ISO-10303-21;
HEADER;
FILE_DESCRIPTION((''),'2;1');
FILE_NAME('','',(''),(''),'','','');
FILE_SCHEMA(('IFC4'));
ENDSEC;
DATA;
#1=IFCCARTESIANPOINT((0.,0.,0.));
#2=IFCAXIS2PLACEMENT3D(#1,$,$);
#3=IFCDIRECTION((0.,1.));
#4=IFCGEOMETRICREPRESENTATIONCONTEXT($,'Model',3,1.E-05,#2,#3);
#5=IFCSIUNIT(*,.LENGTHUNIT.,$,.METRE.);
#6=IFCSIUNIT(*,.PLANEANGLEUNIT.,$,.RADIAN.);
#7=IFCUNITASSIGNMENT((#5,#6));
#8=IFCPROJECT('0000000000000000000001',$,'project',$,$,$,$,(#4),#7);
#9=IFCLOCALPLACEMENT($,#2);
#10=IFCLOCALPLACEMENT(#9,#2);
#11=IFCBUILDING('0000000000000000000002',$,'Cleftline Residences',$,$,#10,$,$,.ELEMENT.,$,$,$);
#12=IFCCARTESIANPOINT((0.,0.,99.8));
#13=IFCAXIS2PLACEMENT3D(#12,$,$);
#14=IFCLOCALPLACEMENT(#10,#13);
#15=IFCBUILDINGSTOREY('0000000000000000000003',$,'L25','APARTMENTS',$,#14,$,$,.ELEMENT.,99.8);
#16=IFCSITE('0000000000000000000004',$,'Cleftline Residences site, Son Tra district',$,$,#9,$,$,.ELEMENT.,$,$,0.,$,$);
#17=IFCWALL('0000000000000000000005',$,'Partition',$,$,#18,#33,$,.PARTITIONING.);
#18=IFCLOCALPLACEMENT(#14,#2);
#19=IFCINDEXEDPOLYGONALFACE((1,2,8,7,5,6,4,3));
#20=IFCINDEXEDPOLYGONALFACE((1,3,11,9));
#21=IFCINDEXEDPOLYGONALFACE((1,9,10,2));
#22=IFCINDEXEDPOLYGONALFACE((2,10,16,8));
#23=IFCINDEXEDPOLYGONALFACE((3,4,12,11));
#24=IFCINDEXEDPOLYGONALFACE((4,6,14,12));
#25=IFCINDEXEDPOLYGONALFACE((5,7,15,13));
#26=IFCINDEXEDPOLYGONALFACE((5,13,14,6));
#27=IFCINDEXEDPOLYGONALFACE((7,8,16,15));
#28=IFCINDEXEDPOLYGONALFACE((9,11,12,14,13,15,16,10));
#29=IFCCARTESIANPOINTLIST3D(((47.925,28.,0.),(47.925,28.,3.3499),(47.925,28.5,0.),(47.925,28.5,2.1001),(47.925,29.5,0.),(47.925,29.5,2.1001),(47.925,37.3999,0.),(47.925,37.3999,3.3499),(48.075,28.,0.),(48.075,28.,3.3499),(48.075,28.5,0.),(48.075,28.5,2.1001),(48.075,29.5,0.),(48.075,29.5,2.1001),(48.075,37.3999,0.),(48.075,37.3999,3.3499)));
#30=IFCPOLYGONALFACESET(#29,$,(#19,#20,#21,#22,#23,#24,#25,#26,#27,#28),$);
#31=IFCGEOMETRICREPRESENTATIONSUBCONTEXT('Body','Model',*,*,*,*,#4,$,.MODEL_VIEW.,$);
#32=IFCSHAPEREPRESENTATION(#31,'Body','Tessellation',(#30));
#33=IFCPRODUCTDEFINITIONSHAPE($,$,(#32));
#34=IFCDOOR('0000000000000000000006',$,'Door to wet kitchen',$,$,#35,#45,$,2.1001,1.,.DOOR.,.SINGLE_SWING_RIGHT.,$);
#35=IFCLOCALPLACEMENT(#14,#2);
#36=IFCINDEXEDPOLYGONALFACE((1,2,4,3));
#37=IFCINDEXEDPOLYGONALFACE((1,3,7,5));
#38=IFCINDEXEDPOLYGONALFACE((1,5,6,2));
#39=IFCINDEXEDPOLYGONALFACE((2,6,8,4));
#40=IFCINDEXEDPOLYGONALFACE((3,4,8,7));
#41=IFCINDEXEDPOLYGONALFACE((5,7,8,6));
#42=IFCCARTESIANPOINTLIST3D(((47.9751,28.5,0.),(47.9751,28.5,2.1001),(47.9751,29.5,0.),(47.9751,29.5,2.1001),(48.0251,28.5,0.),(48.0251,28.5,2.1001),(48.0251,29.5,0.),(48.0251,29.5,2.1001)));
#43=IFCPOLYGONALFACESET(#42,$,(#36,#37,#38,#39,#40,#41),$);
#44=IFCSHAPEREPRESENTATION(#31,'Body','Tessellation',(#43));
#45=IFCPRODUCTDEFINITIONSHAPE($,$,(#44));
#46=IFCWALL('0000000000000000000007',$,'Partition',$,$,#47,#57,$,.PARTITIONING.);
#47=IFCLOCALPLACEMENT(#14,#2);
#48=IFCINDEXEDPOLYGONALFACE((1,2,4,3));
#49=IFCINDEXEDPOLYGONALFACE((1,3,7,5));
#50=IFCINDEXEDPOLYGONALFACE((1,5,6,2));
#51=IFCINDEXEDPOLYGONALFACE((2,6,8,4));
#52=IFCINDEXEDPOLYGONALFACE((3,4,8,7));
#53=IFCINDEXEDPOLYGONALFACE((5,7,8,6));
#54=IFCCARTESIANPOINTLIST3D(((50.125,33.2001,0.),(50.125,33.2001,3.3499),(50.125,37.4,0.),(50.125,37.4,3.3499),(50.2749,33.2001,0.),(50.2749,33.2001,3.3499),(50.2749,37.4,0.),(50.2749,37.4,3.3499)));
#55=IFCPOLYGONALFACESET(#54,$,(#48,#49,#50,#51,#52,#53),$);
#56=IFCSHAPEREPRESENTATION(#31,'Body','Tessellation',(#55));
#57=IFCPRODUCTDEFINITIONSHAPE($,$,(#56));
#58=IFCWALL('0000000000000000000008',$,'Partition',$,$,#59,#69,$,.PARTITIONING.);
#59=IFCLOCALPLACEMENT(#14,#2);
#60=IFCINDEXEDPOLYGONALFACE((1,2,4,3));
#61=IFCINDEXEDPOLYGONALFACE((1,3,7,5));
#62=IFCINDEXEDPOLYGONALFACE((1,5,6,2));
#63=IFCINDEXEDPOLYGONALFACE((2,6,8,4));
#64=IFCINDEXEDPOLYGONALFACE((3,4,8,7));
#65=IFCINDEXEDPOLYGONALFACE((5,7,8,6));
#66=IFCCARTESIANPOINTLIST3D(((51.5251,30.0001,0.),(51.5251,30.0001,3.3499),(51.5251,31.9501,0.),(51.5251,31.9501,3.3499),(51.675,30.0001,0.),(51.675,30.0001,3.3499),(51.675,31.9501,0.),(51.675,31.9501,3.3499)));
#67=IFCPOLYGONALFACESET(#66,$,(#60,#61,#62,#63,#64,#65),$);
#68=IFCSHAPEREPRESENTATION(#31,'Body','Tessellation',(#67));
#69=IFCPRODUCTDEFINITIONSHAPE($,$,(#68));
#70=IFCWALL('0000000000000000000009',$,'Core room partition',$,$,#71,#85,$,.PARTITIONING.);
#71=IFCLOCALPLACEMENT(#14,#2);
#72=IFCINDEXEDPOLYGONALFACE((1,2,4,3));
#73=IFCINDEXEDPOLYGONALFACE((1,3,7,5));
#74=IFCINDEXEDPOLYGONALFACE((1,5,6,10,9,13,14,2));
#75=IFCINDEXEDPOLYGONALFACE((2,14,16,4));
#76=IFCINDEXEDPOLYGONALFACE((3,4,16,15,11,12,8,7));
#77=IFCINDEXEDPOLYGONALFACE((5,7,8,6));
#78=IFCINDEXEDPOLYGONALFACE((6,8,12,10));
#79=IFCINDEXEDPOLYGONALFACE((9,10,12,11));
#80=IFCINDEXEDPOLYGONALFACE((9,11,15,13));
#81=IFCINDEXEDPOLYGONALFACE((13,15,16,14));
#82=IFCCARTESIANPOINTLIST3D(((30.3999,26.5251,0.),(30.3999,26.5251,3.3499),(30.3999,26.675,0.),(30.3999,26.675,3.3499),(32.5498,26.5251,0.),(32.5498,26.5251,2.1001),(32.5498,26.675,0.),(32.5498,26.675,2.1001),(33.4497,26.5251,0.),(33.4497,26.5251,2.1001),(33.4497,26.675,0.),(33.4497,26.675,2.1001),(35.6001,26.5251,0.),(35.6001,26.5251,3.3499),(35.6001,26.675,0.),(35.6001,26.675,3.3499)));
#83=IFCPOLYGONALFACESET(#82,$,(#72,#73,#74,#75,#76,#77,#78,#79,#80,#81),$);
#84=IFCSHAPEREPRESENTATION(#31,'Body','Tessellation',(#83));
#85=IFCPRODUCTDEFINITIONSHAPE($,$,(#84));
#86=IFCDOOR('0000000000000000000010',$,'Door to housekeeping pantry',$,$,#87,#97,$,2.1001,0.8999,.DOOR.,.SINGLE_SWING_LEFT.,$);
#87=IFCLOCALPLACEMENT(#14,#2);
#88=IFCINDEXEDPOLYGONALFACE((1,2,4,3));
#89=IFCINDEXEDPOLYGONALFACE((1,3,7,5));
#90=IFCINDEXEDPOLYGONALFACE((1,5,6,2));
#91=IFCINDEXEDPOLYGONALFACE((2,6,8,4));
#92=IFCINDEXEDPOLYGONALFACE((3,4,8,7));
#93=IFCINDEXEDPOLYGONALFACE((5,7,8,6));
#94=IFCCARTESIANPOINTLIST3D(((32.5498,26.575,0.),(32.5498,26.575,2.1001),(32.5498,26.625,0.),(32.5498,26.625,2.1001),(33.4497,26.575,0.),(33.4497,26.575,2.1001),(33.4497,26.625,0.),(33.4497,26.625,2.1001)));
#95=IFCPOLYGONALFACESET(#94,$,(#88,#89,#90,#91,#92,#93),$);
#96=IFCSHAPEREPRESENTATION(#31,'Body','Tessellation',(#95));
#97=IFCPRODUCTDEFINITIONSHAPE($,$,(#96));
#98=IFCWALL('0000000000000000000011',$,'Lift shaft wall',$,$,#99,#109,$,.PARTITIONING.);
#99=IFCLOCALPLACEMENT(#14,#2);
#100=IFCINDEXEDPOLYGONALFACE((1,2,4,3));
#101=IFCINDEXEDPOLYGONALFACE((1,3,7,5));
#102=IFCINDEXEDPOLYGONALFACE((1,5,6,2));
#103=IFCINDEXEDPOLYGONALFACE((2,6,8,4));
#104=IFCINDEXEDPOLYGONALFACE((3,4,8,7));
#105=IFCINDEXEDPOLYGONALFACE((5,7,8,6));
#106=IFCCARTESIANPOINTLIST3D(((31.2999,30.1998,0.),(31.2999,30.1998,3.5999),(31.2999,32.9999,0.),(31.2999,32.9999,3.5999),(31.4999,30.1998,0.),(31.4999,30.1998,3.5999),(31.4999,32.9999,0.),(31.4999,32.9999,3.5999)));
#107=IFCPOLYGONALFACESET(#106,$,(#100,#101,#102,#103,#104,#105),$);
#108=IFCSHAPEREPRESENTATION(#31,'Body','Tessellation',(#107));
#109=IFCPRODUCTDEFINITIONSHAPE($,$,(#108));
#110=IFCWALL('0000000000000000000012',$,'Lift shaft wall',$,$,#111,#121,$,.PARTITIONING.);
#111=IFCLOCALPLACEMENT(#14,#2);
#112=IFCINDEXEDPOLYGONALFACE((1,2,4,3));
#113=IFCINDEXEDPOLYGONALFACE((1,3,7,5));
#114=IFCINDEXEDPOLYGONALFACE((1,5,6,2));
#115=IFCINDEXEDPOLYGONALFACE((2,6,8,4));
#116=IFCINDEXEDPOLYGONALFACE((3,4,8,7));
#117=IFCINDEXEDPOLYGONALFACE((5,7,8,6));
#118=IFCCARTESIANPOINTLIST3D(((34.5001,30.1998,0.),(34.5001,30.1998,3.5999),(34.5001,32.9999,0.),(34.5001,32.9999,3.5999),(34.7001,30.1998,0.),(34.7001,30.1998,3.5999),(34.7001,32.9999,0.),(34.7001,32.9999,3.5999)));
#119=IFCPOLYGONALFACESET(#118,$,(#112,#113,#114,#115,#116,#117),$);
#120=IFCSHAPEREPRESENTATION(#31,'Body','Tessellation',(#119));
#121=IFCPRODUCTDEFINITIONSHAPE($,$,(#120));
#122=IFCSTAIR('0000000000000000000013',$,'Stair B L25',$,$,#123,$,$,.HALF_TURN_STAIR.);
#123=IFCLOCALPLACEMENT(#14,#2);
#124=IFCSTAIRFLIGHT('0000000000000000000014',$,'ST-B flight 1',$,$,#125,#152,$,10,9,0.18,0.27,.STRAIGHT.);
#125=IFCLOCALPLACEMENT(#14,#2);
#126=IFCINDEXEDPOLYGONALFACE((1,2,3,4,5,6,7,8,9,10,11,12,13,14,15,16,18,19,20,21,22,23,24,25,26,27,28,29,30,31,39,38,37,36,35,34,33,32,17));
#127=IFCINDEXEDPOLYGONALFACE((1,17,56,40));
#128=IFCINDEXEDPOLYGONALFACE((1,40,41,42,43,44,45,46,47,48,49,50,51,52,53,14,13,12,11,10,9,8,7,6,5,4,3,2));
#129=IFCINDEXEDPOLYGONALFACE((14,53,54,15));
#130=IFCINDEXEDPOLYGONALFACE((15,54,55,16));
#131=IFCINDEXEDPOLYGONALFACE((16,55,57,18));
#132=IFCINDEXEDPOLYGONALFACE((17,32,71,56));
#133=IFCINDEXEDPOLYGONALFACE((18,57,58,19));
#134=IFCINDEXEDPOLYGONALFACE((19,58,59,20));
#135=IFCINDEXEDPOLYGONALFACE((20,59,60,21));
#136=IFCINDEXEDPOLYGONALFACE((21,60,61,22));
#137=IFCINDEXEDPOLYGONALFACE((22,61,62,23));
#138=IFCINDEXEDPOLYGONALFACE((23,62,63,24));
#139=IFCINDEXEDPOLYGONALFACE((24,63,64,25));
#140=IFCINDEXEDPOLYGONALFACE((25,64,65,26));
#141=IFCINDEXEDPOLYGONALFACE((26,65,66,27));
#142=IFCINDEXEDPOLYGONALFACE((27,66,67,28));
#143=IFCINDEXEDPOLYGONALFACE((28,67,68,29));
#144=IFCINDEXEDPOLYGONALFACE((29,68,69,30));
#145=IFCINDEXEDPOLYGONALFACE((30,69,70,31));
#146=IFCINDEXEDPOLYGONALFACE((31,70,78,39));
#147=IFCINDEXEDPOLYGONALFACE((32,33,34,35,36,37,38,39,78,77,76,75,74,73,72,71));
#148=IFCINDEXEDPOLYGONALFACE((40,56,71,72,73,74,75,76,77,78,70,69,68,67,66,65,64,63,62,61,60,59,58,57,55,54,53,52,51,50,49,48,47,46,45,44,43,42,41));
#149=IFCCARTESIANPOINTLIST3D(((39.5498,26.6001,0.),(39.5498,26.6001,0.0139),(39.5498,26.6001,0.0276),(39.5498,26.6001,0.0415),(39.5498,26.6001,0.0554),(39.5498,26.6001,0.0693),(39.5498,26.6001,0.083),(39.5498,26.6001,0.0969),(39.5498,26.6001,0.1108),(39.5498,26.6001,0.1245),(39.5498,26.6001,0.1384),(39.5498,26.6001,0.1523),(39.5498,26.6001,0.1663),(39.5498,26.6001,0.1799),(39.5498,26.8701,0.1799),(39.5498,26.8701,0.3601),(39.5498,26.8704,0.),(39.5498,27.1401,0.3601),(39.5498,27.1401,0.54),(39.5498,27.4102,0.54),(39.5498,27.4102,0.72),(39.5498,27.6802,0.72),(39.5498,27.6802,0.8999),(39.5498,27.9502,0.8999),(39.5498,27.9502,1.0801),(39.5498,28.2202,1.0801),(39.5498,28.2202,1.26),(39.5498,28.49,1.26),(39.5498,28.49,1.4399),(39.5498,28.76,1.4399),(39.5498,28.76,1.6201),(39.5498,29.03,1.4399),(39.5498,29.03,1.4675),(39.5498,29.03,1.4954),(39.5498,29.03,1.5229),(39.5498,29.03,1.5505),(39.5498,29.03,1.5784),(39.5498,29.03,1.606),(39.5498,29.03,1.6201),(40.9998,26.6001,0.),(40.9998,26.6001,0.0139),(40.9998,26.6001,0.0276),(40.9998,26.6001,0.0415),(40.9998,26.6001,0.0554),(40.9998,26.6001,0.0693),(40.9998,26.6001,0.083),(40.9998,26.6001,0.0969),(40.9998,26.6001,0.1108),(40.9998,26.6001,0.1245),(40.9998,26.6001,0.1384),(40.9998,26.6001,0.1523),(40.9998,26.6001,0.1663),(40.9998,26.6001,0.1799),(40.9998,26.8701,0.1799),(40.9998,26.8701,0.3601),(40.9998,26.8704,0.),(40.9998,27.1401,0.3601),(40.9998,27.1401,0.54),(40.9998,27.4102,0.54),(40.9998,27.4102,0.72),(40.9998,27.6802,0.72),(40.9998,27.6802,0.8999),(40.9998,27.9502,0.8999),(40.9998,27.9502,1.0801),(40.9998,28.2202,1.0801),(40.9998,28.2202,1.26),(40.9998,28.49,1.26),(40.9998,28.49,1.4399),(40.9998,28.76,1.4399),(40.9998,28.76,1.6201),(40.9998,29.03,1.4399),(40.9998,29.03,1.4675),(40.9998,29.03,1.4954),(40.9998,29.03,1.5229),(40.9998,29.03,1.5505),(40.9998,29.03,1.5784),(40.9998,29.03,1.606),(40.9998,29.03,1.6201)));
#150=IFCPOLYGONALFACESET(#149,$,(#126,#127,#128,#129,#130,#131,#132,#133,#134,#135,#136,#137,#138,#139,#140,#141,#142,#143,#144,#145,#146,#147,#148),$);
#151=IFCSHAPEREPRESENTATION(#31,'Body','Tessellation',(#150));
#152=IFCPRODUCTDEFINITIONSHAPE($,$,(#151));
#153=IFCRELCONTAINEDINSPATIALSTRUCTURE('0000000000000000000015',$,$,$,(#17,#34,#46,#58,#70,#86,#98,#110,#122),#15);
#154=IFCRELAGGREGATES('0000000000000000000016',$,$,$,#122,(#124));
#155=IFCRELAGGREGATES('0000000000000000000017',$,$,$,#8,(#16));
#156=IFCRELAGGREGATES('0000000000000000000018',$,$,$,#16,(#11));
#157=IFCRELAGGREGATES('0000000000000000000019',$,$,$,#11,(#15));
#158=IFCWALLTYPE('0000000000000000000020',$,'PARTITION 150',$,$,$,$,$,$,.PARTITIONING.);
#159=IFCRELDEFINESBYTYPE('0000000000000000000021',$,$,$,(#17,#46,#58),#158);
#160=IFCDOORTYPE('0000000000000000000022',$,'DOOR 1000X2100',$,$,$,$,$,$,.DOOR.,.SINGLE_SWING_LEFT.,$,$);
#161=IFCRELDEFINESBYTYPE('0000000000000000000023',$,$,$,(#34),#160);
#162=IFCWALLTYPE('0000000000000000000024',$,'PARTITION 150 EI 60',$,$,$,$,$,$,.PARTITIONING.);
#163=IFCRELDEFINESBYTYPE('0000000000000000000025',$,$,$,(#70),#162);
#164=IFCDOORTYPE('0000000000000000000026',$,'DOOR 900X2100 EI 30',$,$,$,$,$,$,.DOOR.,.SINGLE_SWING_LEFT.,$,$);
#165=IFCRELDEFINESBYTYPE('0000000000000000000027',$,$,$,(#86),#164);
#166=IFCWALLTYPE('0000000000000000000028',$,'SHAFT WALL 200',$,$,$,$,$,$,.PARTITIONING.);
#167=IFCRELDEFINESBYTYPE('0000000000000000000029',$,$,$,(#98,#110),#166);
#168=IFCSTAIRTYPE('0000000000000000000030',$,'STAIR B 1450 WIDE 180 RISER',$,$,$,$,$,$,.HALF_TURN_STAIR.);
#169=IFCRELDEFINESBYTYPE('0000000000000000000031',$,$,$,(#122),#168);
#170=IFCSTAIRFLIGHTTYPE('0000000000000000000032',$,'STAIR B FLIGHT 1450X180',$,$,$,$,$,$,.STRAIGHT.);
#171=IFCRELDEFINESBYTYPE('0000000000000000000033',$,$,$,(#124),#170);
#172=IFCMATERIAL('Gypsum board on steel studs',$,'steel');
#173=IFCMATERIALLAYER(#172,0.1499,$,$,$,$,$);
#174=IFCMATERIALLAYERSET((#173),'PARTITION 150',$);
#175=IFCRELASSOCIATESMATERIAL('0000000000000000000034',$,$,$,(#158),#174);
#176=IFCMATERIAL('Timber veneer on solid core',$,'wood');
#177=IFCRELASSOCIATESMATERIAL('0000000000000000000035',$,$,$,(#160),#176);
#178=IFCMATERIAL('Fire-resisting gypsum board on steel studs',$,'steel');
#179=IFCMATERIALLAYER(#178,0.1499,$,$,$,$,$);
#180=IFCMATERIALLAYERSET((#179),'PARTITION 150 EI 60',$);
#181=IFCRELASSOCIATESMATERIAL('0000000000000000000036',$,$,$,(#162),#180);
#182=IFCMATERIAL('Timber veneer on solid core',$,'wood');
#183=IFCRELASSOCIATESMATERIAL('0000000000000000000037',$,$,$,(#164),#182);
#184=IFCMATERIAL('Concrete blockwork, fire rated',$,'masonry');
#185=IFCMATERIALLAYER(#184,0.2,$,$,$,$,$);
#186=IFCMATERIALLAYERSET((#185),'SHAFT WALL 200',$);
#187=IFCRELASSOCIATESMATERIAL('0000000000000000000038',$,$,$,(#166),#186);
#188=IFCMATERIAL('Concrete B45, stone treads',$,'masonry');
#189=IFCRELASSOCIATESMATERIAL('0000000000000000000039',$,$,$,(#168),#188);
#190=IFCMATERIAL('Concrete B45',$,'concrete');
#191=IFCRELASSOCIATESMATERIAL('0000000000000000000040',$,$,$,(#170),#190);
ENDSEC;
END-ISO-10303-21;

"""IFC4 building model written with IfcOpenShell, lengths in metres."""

from ifc_helpers import new_model, si_unit, direction, frame, frame_2d, origin, place, context, subcontext, project, spatial, polyline, rectangle, outline, extrude, material, layer, layer_set, type_object, element, fill, aggregate, save


model = new_model("IFC4")

# Units and contexts
model_context = context("Model", 3, precision=1e-05, world=origin(), true_north=direction((0.0, 1.0)))
body_context = subcontext(model_context, "Body", "Model", "MODEL_VIEW")
ifc_project = project(units=[si_unit("LENGTHUNIT", "METRE"), si_unit("PLANEANGLEUNIT", "RADIAN")], contexts=[model_context])

# Site, building, storey
site_placement = place(None, origin())
site = spatial("IfcSite", under=ifc_project, at=site_placement, Name="Cleftline Residences site, Son Tra district", CompositionType="ELEMENT", RefElevation=0.0)
building_placement = place(site_placement, origin())
building = spatial("IfcBuilding", under=site, at=building_placement, Name="Cleftline Residences", CompositionType="ELEMENT")
storey_placement = place(building_placement, frame((0.0, 0.0, 99.8)))
storey = spatial("IfcBuildingStorey", under=building, at=storey_placement, Name="L25", Description="APARTMENTS", CompositionType="ELEMENT", Elevation=99.8)

# Shared definitions
ifc_material_1 = material(Name="Gypsum board on steel studs", Category="steel")
ifc_layer_1 = layer(ifc_material_1, 0.1499)
ifc_layer_set_1 = layer_set([ifc_layer_1], Name="PARTITION 150")
wall_type_1 = type_object("IfcWallType", Name="PARTITION 150", PredefinedType="PARTITIONING", material=ifc_layer_set_1)
ifc_material_2 = material(Name="Timber veneer on solid core", Category="wood")
door_type_1 = type_object("IfcDoorType", Name="DOOR 1000X2100", OperationType="SINGLE_SWING_LEFT", PredefinedType="DOOR", material=ifc_material_2)

# Wall, opening, door
wall_1_placement = place(storey_placement, frame((48.0, 28.0, 0.0), z_axis=(0.0, 0.0, 1.0), x_axis=(0.0, 1.0, 0.0)))
wall_1 = element("IfcWall", 1, at=wall_1_placement, inside=storey, type_object=wall_type_1, Name="Partition", PredefinedType="PARTITIONING", context=body_context, shape_type="SweptSolid", body=[
    extrude(rectangle(XDim=9.3999, YDim=0.1499, at=frame_2d((4.7, 0.0))), origin(), (0.0, 0.0, 1.0), 3.3499),
])
opening_1_placement = place(wall_1_placement, frame((0.5, 0.0, 0.0)))
opening_1 = element("IfcOpeningElement", 2, at=opening_1_placement, cuts=wall_1, PredefinedType="OPENING", context=body_context, shape_type="SweptSolid", body=[
    extrude(rectangle(XDim=1.0, YDim=2.1001, at=frame_2d((0.5, 1.05))), frame((0.0, 0.085, 0.0), z_axis=(0.0, -1.0, 0.0), x_axis=(1.0, 0.0, 0.0)), (0.0, 0.0, 1.0), 0.1699),
])
door_1_placement = place(opening_1_placement, origin())
door_1 = element("IfcDoor", 3, at=door_1_placement, inside=storey, type_object=door_type_1, Name="Door to wet kitchen", OperationType="SINGLE_SWING_RIGHT", OverallHeight=2.1001, OverallWidth=1.0, PredefinedType="DOOR", context=body_context, shape_type="SweptSolid", body=[
    extrude(rectangle(XDim=1.0, YDim=2.1001, at=frame_2d((0.5, 1.05))), frame((0.0, 0.0249, 0.0), z_axis=(0.0, -1.0, 0.0), x_axis=(1.0, 0.0, 0.0)), (0.0, 0.0, 1.0), 0.05),
])
fill(opening_1, door_1)

# Walls
wall_2_placement = place(storey_placement, frame((50.2, 33.2, 0.0), z_axis=(0.0, 0.0, 1.0), x_axis=(0.0, 1.0, 0.0)))
element("IfcWall", 4, at=wall_2_placement, inside=storey, type_object=wall_type_1, Name="Partition", PredefinedType="PARTITIONING", context=body_context, shape_type="SweptSolid", body=[
    extrude(rectangle(XDim=4.2, YDim=0.1499, at=frame_2d((2.1001, 0.0))), origin(), (0.0, 0.0, 1.0), 3.3499),
])
wall_3_placement = place(storey_placement, frame((51.6001, 30.0, 0.0), z_axis=(0.0, 0.0, 1.0), x_axis=(0.0, 1.0, 0.0)))
element("IfcWall", 5, at=wall_3_placement, inside=storey, type_object=wall_type_1, Name="Partition", PredefinedType="PARTITIONING", context=body_context, shape_type="SweptSolid", body=[
    extrude(rectangle(XDim=1.95, YDim=0.1499, at=frame_2d((0.9751, 0.0))), origin(), (0.0, 0.0, 1.0), 3.3499),
])

# Wall, opening, door
ifc_material_3 = material(Name="Fire-resisting gypsum board on steel studs", Category="steel")
ifc_layer_2 = layer(ifc_material_3, 0.1499)
ifc_layer_set_2 = layer_set([ifc_layer_2], Name="PARTITION 150 EI 60")
wall_type_2 = type_object("IfcWallType", Name="PARTITION 150 EI 60", PredefinedType="PARTITIONING", material=ifc_layer_set_2)
wall_4_placement = place(storey_placement, frame((30.3999, 26.6001, 0.0), z_axis=(0.0, 0.0, 1.0), x_axis=(1.0, 0.0, 0.0)))
wall_4 = element("IfcWall", 6, at=wall_4_placement, inside=storey, type_object=wall_type_2, Name="Core room partition", PredefinedType="PARTITIONING", context=body_context, shape_type="SweptSolid", body=[
    extrude(rectangle(XDim=5.2002, YDim=0.1499, at=frame_2d((2.6001, 0.0))), origin(), (0.0, 0.0, 1.0), 3.3499),
])
opening_2_placement = place(wall_4_placement, frame((2.1499, 0.0, 0.0)))
opening_2 = element("IfcOpeningElement", 7, at=opening_2_placement, cuts=wall_4, PredefinedType="OPENING", context=body_context, shape_type="SweptSolid", body=[
    extrude(rectangle(XDim=0.8999, YDim=2.1001, at=frame_2d((0.45, 1.05))), frame((0.0, 0.085, 0.0), z_axis=(0.0, -1.0, 0.0), x_axis=(1.0, 0.0, 0.0)), (0.0, 0.0, 1.0), 0.1699),
])
ifc_material_4 = material(Name="Timber veneer on solid core", Category="wood")
door_type_2 = type_object("IfcDoorType", Name="DOOR 900X2100 EI 30", OperationType="SINGLE_SWING_LEFT", PredefinedType="DOOR", material=ifc_material_4)
door_2_placement = place(opening_2_placement, origin())
door_2 = element("IfcDoor", 8, at=door_2_placement, inside=storey, type_object=door_type_2, Name="Door to housekeeping pantry", OperationType="SINGLE_SWING_LEFT", OverallHeight=2.1001, OverallWidth=0.8999, PredefinedType="DOOR", context=body_context, shape_type="SweptSolid", body=[
    extrude(rectangle(XDim=0.8999, YDim=2.1001, at=frame_2d((0.45, 1.05))), frame((0.0, 0.0249, 0.0), z_axis=(0.0, -1.0, 0.0), x_axis=(1.0, 0.0, 0.0)), (0.0, 0.0, 1.0), 0.05),
])
fill(opening_2, door_2)

# Walls
ifc_material_5 = material(Name="Concrete blockwork, fire rated", Category="masonry")
ifc_layer_3 = layer(ifc_material_5, 0.2)
ifc_layer_set_3 = layer_set([ifc_layer_3], Name="SHAFT WALL 200")
wall_type_3 = type_object("IfcWallType", Name="SHAFT WALL 200", PredefinedType="PARTITIONING", material=ifc_layer_set_3)
for number, where, z_axis, x_axis, name in (
    (9, (31.3999, 30.2, 0.0), (0.0, 0.0, 1.0), (0.0, 1.0, 0.0), "Lift shaft wall"),
    (10, (34.6001, 30.2, 0.0), (0.0, 0.0, 1.0), (0.0, 1.0, 0.0), "Lift shaft wall"),
):
    element("IfcWall", number, at=place(storey_placement, frame(where, z_axis=z_axis, x_axis=x_axis)), inside=storey, type_object=wall_type_3, Name=name, PredefinedType="PARTITIONING", context=body_context, shape_type="SweptSolid", body=[
        extrude(rectangle(XDim=2.8, YDim=0.2, at=frame_2d((1.3999, 0.0))), origin(), (0.0, 0.0, 1.0), 3.5999),
    ])

# Stair, stair flight
ifc_material_6 = material(Name="Concrete B45, stone treads", Category="masonry")
stair_type = type_object("IfcStairType", Name="STAIR B 1450 WIDE 180 RISER", PredefinedType="HALF_TURN_STAIR", material=ifc_material_6)
stair_placement = place(storey_placement, origin())
stair = element("IfcStair", 11, at=stair_placement, inside=storey, type_object=stair_type, Name="Stair B L25", PredefinedType="HALF_TURN_STAIR")
ifc_material_7 = material(Name="Concrete B45", Category="concrete")
stair_flight_type = type_object("IfcStairFlightType", Name="STAIR B FLIGHT 1450X180", PredefinedType="STRAIGHT", material=ifc_material_7)
stair_flight_1_placement = place(storey_placement, frame((40.2749, 26.6001, 0.0), z_axis=(0.0, 0.0, 1.0), x_axis=(0.0, 1.0, 0.0)))
stair_flight_1 = element("IfcStairFlight", 12, at=stair_flight_1_placement, type_object=stair_flight_type, Name="ST-B flight 1", NumberOfRisers=10, NumberOfTreads=9, PredefinedType="STRAIGHT", RiserHeight=0.18, TreadLength=0.27, context=body_context, shape_type="SweptSolid", body=[
    extrude(outline(polyline([(0.0, 0.0), (0.0, 0.0139), (0.0, 0.0276), (0.0, 0.0415), (0.0, 0.0554), (0.0, 0.0693), (0.0, 0.083), (0.0, 0.0969), (0.0, 0.1108), (0.0, 0.1245), (0.0, 0.1384), (0.0, 0.1523), (0.0, 0.1663), (0.0, 0.1799), (0.27, 0.1799), (0.27, 0.3601), (0.54, 0.3601), (0.54, 0.54), (0.8101, 0.54), (0.8101, 0.72), (1.0801, 0.72), (1.0801, 0.8999), (1.3501, 0.8999), (1.3501, 1.0801), (1.6201, 1.0801), (1.6201, 1.26), (1.8899, 1.26), (1.8899, 1.4399), (2.1599, 1.4399), (2.1599, 1.6201), (2.4299, 1.6201), (2.4299, 1.8), (2.4299, 1.7722), (2.4299, 1.7446), (2.4299, 1.7168), (2.4299, 1.6892), (2.4299, 1.6614), (2.4299, 1.6338), (2.4299, 1.606), (2.4299, 1.5784), (2.4299, 1.5505), (2.4299, 1.5229), (2.4299, 1.4954), (2.4299, 1.4675), (2.4299, 1.4399), (0.2703, 0.0), (0.0, 0.0)])), frame((0.0, 0.7251, 0.0), z_axis=(0.0, -1.0, 0.0), x_axis=(1.0, 0.0, 0.0)), (0.0, 0.0, 1.0), 1.45),
])
aggregate(stair, [stair_flight_1])

save(model, "model.ifc")
